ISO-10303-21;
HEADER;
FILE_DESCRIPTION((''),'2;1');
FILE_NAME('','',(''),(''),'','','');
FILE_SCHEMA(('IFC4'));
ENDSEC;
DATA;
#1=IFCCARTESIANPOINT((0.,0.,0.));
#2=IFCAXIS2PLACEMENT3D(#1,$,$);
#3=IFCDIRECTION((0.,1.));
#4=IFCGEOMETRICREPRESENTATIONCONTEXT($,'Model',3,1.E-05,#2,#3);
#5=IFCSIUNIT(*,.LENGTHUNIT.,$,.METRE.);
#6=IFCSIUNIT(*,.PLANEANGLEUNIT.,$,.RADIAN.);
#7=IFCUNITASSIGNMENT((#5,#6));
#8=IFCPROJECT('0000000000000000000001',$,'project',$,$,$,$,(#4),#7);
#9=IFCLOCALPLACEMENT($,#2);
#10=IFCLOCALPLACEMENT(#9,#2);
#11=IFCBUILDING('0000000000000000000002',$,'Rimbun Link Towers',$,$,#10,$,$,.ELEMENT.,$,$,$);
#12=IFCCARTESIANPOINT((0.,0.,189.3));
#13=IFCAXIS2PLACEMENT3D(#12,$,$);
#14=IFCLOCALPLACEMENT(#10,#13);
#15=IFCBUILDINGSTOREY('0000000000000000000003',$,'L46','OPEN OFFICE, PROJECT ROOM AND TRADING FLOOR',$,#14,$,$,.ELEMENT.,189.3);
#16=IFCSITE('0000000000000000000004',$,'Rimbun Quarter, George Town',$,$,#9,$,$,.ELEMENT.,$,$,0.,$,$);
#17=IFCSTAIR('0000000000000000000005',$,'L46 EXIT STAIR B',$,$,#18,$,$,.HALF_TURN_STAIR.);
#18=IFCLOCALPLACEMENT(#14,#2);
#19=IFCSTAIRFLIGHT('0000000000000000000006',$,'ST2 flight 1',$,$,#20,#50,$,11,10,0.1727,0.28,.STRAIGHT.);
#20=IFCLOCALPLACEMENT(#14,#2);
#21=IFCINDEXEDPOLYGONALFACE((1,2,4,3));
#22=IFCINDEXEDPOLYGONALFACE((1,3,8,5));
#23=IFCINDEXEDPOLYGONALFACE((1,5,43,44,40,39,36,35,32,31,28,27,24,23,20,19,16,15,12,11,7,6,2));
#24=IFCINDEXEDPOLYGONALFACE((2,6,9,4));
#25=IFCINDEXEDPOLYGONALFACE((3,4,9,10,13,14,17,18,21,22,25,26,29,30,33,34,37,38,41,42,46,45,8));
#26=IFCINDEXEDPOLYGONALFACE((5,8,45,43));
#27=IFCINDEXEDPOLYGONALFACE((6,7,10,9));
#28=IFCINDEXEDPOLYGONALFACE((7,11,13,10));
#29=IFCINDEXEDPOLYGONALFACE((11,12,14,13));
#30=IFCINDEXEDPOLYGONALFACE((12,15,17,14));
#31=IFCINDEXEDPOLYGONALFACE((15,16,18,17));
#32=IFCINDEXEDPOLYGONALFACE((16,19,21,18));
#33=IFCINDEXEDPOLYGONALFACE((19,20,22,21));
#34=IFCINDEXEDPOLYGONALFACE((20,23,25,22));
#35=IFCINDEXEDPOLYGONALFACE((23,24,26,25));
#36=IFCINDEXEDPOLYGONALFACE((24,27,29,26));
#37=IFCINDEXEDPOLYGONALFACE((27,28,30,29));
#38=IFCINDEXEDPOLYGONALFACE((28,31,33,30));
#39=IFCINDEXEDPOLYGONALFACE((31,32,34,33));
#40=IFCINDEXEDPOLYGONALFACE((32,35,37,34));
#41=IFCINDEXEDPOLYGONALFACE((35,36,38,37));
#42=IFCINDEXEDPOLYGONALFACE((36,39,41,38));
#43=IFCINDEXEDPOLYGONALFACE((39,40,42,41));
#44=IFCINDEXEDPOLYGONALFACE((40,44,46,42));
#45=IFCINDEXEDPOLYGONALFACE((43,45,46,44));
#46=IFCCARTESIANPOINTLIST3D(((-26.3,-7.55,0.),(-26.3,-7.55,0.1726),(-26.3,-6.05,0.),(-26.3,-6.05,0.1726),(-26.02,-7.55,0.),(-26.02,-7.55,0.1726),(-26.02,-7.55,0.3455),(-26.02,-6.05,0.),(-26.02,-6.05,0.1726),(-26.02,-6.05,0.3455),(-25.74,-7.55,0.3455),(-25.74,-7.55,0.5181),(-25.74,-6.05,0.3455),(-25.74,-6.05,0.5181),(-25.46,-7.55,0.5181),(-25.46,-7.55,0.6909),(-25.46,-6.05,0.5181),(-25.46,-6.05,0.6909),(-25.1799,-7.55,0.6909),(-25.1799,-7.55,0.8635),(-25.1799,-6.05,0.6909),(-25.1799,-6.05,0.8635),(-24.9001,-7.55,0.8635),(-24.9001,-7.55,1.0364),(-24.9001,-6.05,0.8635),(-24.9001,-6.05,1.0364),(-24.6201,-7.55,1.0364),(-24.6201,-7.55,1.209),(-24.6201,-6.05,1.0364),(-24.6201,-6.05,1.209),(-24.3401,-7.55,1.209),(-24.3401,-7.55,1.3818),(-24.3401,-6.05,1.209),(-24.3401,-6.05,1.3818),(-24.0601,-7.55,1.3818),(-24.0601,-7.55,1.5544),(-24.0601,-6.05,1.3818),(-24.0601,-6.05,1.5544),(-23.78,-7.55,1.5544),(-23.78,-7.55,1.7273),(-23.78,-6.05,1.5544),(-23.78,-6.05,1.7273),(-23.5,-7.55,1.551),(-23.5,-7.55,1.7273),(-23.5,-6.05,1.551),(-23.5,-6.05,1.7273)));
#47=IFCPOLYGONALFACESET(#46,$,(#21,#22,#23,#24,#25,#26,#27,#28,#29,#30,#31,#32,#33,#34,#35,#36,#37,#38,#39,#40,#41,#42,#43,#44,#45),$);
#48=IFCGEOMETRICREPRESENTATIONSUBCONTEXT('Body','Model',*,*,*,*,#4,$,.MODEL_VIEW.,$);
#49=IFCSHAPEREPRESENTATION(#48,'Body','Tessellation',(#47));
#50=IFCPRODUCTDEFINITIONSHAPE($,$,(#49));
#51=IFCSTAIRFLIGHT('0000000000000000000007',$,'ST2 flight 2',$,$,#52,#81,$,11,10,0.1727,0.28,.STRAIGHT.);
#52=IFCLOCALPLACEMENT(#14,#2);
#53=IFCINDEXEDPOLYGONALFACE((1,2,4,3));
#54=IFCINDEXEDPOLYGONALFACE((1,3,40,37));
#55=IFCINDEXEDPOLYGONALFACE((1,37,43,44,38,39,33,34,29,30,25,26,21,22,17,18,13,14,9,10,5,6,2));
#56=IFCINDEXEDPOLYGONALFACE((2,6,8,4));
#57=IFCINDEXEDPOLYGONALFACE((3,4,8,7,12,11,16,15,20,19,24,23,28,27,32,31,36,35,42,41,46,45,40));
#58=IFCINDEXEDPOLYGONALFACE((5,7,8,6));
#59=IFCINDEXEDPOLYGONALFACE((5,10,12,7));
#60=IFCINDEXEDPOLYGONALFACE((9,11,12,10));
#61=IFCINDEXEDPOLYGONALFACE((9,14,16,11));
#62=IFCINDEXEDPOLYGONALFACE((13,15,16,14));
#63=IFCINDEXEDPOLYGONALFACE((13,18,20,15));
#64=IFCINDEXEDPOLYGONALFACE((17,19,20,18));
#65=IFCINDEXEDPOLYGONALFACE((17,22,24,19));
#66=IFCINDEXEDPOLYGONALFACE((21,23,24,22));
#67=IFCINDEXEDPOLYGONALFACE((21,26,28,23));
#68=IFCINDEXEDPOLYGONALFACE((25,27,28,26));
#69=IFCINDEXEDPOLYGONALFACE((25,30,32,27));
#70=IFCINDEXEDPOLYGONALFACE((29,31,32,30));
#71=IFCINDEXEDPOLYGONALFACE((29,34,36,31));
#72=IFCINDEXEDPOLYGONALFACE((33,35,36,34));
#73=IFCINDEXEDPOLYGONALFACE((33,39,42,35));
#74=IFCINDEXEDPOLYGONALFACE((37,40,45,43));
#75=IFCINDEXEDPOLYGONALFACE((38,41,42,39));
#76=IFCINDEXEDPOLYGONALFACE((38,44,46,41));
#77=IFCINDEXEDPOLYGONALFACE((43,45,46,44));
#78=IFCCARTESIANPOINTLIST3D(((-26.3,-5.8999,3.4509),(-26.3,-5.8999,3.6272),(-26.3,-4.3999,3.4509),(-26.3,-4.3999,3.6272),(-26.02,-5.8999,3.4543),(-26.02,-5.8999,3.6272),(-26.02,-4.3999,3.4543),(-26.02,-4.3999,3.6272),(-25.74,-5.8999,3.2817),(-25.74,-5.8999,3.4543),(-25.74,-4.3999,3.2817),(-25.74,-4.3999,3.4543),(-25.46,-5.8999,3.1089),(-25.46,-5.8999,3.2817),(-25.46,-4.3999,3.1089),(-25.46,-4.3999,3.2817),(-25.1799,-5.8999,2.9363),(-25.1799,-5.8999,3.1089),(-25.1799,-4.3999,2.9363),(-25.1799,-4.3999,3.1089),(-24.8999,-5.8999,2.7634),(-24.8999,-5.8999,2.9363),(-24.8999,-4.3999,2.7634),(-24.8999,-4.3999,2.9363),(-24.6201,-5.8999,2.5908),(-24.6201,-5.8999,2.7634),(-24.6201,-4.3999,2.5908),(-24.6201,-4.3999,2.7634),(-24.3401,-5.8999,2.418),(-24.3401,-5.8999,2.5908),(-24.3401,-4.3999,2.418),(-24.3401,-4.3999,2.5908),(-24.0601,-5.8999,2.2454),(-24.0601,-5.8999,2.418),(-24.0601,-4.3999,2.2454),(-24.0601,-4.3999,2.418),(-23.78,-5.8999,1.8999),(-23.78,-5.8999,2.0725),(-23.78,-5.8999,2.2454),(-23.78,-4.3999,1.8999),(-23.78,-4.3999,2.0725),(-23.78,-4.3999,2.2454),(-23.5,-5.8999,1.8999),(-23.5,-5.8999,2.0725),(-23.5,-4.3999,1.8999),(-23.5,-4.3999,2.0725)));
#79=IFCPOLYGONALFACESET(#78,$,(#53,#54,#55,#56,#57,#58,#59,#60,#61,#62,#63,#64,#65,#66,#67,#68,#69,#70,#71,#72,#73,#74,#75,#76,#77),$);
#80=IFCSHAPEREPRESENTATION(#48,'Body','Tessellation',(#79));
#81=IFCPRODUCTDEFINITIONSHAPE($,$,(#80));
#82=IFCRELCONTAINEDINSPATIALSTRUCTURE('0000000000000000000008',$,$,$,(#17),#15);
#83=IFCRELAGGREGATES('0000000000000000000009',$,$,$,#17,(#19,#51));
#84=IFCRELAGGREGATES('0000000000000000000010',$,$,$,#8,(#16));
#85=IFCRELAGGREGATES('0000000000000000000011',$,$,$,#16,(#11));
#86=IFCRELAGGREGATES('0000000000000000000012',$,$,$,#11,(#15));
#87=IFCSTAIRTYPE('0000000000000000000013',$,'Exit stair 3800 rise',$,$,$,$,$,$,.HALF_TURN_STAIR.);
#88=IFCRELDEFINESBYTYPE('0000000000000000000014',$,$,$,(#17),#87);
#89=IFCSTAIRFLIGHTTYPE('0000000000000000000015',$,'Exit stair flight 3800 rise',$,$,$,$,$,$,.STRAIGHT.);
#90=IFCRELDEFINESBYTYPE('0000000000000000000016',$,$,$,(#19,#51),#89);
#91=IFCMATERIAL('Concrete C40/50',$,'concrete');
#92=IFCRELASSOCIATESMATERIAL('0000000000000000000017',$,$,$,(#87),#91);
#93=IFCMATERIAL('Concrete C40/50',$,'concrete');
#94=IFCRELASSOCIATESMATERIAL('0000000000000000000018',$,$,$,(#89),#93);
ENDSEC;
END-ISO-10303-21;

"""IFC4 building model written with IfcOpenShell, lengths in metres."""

from ifc_helpers import new_model, si_unit, direction, frame, origin, place, context, subcontext, project, spatial, polyline, outline, extrude, material, type_object, element, aggregate, save


model = new_model("IFC4")

# Units and contexts
model_context = context("Model", 3, precision=1e-05, world=origin(), true_north=direction((0.0, 1.0)))
body_context = subcontext(model_context, "Body", "Model", "MODEL_VIEW")
ifc_project = project(units=[si_unit("LENGTHUNIT", "METRE"), si_unit("PLANEANGLEUNIT", "RADIAN")], contexts=[model_context])

# Site, building, storey
site_placement = place(None, origin())
site = spatial("IfcSite", under=ifc_project, at=site_placement, Name="Rimbun Quarter, George Town", CompositionType="ELEMENT", RefElevation=0.0)
building_placement = place(site_placement, origin())
building = spatial("IfcBuilding", under=site, at=building_placement, Name="Rimbun Link Towers", CompositionType="ELEMENT")
storey_placement = place(building_placement, frame((0.0, 0.0, 189.3)))
storey = spatial("IfcBuildingStorey", under=building, at=storey_placement, Name="L46", Description="OPEN OFFICE, PROJECT ROOM AND TRADING FLOOR", CompositionType="ELEMENT", Elevation=189.3)

# Stair, stair flights
ifc_material_1 = material(Name="Concrete C40/50", Category="concrete")
stair_type = type_object("IfcStairType", Name="Exit stair 3800 rise", PredefinedType="HALF_TURN_STAIR", material=ifc_material_1)
stair_placement = place(storey_placement, origin())
stair = element("IfcStair", 1, at=stair_placement, inside=storey, type_object=stair_type, Name="L46 EXIT STAIR B", PredefinedType="HALF_TURN_STAIR")
ifc_material_2 = material(Name="Concrete C40/50", Category="concrete")
stair_flight_type = type_object("IfcStairFlightType", Name="Exit stair flight 3800 rise", PredefinedType="STRAIGHT", material=ifc_material_2)
stair_flight_1_placement = place(storey_placement, frame((-26.3, -6.8, 0.0), z_axis=(0.0, 0.0, 1.0), x_axis=(1.0, 0.0, 0.0)))
stair_flight_1 = element("IfcStairFlight", 2, at=stair_flight_1_placement, type_object=stair_flight_type, Name="ST2 flight 1", NumberOfRisers=11, NumberOfTreads=10, PredefinedType="STRAIGHT", RiserHeight=0.1727, TreadLength=0.28, context=body_context, shape_type="SweptSolid", body=[
    extrude(outline(polyline([(0.0, 0.0), (0.0, 0.1726), (0.28, 0.1726), (0.28, 0.3455), (0.5601, 0.3455), (0.5601, 0.5181), (0.8401, 0.5181), (0.8401, 0.6909), (1.1201, 0.6909), (1.1201, 0.8635), (1.3999, 0.8635), (1.3999, 1.0364), (1.6799, 1.0364), (1.6799, 1.209), (1.96, 1.209), (1.96, 1.3818), (2.24, 1.3818), (2.24, 1.5544), (2.52, 1.5544), (2.52, 1.7273), (2.8, 1.7273), (2.8, 1.8999), (2.8, 1.551), (0.28, 0.0), (0.0, 0.0)])), frame((0.0, 0.75, 0.0), z_axis=(0.0, -1.0, 0.0), x_axis=(1.0, 0.0, 0.0)), (0.0, 0.0, 1.0), 1.5),
])
stair_flight_2_placement = place(storey_placement, frame((-23.5, -5.1499, 1.8999), z_axis=(0.0, 0.0, 1.0), x_axis=(-1.0, 0.0, 0.0)))
stair_flight_2 = element("IfcStairFlight", 3, at=stair_flight_2_placement, type_object=stair_flight_type, Name="ST2 flight 2", NumberOfRisers=11, NumberOfTreads=10, PredefinedType="STRAIGHT", RiserHeight=0.1727, TreadLength=0.28, context=body_context, shape_type="SweptSolid", body=[
    extrude(outline(polyline([(0.0, 0.0), (0.0, 0.1726), (0.28, 0.1726), (0.28, 0.3455), (0.5601, 0.3455), (0.5601, 0.5181), (0.8401, 0.5181), (0.8401, 0.6909), (1.1201, 0.6909), (1.1201, 0.8635), (1.3999, 0.8635), (1.3999, 1.0364), (1.6799, 1.0364), (1.6799, 1.209), (1.96, 1.209), (1.96, 1.3818), (2.24, 1.3818), (2.24, 1.5544), (2.52, 1.5544), (2.52, 1.7273), (2.8, 1.7273), (2.8, 1.8999), (2.8, 1.551), (0.28, 0.0), (0.0, 0.0)])), frame((0.0, 0.75, 0.0), z_axis=(0.0, -1.0, 0.0), x_axis=(1.0, 0.0, 0.0)), (0.0, 0.0, 1.0), 1.5),
])
aggregate(stair, [stair_flight_1, stair_flight_2])

save(model, "model.ifc")
